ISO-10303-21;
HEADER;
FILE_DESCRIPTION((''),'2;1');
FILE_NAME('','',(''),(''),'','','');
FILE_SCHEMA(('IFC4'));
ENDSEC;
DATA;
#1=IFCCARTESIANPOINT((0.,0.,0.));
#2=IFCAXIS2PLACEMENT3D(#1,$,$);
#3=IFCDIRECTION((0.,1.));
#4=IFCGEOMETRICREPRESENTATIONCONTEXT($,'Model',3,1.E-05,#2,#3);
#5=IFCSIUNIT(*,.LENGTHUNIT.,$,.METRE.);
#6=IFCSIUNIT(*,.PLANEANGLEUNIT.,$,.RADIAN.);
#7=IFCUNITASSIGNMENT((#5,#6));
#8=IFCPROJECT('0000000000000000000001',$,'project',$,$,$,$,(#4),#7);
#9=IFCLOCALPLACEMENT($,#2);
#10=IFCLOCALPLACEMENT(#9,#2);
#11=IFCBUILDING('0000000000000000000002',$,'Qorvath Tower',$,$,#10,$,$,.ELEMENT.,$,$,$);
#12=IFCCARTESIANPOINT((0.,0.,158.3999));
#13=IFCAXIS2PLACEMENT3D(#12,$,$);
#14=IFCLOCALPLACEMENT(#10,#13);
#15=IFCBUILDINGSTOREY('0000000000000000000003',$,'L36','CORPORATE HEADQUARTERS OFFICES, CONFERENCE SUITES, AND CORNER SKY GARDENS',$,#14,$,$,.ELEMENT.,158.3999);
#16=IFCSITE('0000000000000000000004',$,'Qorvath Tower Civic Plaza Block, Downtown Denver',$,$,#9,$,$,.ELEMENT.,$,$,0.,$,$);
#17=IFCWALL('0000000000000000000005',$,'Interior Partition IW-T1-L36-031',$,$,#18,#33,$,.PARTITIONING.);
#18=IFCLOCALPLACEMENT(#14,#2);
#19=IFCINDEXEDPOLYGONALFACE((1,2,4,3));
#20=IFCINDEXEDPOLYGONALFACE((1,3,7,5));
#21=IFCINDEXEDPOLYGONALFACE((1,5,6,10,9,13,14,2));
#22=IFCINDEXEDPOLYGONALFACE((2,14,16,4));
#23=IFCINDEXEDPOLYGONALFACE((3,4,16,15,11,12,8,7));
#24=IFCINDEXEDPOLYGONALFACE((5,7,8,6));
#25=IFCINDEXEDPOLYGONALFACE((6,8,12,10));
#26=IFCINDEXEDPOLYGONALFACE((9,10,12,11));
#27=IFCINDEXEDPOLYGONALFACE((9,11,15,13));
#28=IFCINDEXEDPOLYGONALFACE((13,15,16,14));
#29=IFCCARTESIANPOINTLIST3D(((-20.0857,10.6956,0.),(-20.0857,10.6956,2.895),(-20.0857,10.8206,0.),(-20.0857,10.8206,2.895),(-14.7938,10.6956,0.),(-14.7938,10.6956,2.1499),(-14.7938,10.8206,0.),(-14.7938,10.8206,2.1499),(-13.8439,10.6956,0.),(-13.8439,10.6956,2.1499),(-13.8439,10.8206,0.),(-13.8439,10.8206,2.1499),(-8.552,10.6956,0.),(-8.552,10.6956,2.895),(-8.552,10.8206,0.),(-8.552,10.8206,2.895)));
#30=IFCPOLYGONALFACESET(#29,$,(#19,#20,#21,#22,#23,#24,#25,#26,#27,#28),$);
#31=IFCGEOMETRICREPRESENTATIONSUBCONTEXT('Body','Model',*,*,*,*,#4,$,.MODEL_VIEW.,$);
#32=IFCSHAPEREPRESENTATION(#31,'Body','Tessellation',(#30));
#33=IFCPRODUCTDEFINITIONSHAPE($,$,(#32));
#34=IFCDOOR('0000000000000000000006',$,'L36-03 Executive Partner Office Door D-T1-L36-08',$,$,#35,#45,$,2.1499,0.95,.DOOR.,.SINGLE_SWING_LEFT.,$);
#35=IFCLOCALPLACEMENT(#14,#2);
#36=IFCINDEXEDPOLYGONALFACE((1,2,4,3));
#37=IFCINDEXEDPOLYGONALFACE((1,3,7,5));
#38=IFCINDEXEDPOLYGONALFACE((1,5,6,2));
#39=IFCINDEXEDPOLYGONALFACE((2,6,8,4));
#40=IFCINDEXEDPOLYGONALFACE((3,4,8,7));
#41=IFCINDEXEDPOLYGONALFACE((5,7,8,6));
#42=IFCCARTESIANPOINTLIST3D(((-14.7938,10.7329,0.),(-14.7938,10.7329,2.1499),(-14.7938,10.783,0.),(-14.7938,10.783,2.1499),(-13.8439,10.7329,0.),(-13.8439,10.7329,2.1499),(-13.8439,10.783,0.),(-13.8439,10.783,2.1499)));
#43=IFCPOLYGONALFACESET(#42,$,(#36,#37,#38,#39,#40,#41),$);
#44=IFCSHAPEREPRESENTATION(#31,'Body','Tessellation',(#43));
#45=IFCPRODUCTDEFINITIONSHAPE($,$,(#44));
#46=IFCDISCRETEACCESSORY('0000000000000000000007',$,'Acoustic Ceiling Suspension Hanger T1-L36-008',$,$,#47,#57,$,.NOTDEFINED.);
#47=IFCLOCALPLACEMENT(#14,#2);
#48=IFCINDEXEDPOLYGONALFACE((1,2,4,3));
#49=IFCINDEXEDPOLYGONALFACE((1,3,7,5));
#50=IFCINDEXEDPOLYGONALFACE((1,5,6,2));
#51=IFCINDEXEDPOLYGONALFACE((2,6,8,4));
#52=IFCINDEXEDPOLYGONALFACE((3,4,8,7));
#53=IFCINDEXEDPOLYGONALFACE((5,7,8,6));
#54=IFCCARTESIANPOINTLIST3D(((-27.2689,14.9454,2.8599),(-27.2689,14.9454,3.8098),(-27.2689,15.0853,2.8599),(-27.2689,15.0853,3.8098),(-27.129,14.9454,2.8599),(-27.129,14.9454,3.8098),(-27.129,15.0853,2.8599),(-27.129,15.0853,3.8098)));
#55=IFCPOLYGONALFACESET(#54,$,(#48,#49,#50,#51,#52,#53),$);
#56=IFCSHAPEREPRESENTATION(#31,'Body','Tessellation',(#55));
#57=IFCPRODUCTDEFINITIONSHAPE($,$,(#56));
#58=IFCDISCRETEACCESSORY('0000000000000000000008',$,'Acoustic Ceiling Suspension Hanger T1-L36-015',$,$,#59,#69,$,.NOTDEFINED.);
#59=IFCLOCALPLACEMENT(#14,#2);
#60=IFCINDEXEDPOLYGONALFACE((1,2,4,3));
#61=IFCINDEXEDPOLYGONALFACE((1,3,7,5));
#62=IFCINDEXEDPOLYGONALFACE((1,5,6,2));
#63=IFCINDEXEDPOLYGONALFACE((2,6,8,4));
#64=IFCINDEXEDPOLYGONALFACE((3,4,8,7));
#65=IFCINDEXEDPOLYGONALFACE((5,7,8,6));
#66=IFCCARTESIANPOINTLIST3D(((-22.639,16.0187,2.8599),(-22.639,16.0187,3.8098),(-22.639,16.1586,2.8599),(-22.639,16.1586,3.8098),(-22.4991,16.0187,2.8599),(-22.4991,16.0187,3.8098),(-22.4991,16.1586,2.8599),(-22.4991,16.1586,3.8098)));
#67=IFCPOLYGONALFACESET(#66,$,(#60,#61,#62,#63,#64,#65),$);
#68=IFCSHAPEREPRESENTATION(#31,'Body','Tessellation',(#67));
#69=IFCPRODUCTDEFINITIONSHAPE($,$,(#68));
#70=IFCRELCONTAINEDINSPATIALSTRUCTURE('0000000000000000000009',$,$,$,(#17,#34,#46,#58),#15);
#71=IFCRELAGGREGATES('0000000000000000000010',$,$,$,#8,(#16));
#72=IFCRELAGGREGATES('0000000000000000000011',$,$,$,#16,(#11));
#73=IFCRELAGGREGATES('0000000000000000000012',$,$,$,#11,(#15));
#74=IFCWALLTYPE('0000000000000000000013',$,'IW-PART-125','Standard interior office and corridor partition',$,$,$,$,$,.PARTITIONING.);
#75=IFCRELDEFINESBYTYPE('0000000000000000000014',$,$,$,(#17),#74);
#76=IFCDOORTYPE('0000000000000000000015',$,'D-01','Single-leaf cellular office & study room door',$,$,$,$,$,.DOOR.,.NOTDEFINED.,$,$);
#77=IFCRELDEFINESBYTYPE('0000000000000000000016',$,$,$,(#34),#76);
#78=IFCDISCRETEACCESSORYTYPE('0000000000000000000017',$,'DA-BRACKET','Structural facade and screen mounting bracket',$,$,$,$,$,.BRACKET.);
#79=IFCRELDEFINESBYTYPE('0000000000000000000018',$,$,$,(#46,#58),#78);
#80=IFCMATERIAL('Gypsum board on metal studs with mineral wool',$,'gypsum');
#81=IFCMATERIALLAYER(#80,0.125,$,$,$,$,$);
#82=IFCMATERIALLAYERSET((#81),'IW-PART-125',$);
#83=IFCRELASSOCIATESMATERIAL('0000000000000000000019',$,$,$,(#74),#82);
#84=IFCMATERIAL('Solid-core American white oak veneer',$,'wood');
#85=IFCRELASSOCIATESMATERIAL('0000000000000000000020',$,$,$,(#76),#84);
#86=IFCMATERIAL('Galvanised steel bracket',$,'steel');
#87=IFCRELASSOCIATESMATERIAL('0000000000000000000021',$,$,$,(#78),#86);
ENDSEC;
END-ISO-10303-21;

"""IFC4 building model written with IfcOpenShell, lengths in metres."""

from ifc_helpers import new_model, si_unit, direction, frame, frame_2d, origin, origin_2d, place, context, subcontext, project, spatial, rectangle, extrude, material, layer, layer_set, type_object, element, fill, save


model = new_model("IFC4")

# Units and contexts
model_context = context("Model", 3, precision=1e-05, world=origin(), true_north=direction((0.0, 1.0)))
body_context = subcontext(model_context, "Body", "Model", "MODEL_VIEW")
ifc_project = project(units=[si_unit("LENGTHUNIT", "METRE"), si_unit("PLANEANGLEUNIT", "RADIAN")], contexts=[model_context])

# Site, building, storey
site_placement = place(None, origin())
site = spatial("IfcSite", under=ifc_project, at=site_placement, Name="Qorvath Tower Civic Plaza Block, Downtown Denver", CompositionType="ELEMENT", RefElevation=0.0)
building_placement = place(site_placement, origin())
building = spatial("IfcBuilding", under=site, at=building_placement, Name="Qorvath Tower", CompositionType="ELEMENT")
storey_placement = place(building_placement, frame((0.0, 0.0, 158.3999)))
storey = spatial("IfcBuildingStorey", under=building, at=storey_placement, Name="L36", Description="CORPORATE HEADQUARTERS OFFICES, CONFERENCE SUITES, AND CORNER SKY GARDENS", CompositionType="ELEMENT", Elevation=158.3999)

# Shared definitions
ifc_material_1 = material(Name="Gypsum board on metal studs with mineral wool", Category="gypsum")
ifc_layer_1 = layer(ifc_material_1, 0.125)
ifc_layer_set_1 = layer_set([ifc_layer_1], Name="IW-PART-125")
wall_type = type_object("IfcWallType", Name="IW-PART-125", Description="Standard interior office and corridor partition", PredefinedType="PARTITIONING", material=ifc_layer_set_1)

# Shared definitions
ifc_material_2 = material(Name="Solid-core American white oak veneer", Category="wood")
door_type = type_object("IfcDoorType", Name="D-01", Description="Single-leaf cellular office & study room door", OperationType="NOTDEFINED", PredefinedType="DOOR", material=ifc_material_2)

# Wall, opening, door
wall_1_placement = place(storey_placement, frame((-20.0857, 10.7581, 0.0), z_axis=(0.0, 0.0, 1.0), x_axis=(1.0, 0.0, 0.0)))
wall_1 = element("IfcWall", 1, at=wall_1_placement, inside=storey, type_object=wall_type, Name="Interior Partition IW-T1-L36-031", PredefinedType="PARTITIONING", context=body_context, shape_type="SweptSolid", body=[
    extrude(rectangle(XDim=11.5337, YDim=0.125, at=frame_2d((5.7668, 0.0))), origin(), (0.0, 0.0, 1.0), 2.895),
])
opening_1_placement = place(wall_1_placement, frame((5.2917, 0.0, 0.0)))
opening_1 = element("IfcOpeningElement", 2, at=opening_1_placement, cuts=wall_1, PredefinedType="OPENING", context=body_context, shape_type="SweptSolid", body=[
    extrude(rectangle(XDim=0.95, YDim=2.1499, at=frame_2d((0.4751, 1.075))), frame((0.0, 0.0725, 0.0), z_axis=(0.0, -1.0, 0.0), x_axis=(1.0, 0.0, 0.0)), (0.0, 0.0, 1.0), 0.145),
])
door_1_placement = place(opening_1_placement, origin())
door_1 = element("IfcDoor", 3, at=door_1_placement, inside=storey, type_object=door_type, Name="L36-03 Executive Partner Office Door D-T1-L36-08", OperationType="SINGLE_SWING_LEFT", OverallHeight=2.1499, OverallWidth=0.95, PredefinedType="DOOR", context=body_context, shape_type="SweptSolid", body=[
    extrude(rectangle(XDim=0.95, YDim=2.1499, at=frame_2d((0.4751, 1.075))), frame((0.0, 0.0249, 0.0), z_axis=(0.0, -1.0, 0.0), x_axis=(1.0, 0.0, 0.0)), (0.0, 0.0, 1.0), 0.05),
])
fill(opening_1, door_1)

# Discrete accessories
ifc_material_3 = material(Name="Galvanised steel bracket", Category="steel")
discrete_accessory_type = type_object("IfcDiscreteAccessoryType", Name="DA-BRACKET", Description="Structural facade and screen mounting bracket", PredefinedType="BRACKET", material=ifc_material_3)
for number, where, z_axis, x_axis, name in (
    (4, (-27.199, 15.0154, 2.8599), (0.0, 0.0, 1.0), (1.0, 0.0, 0.0), "Acoustic Ceiling Suspension Hanger T1-L36-008"),
    (5, (-22.5691, 16.0886, 2.8599), (0.0, 0.0, 1.0), (1.0, 0.0, 0.0), "Acoustic Ceiling Suspension Hanger T1-L36-015"),
):
    element("IfcDiscreteAccessory", number, at=place(storey_placement, frame(where, z_axis=z_axis, x_axis=x_axis)), inside=storey, type_object=discrete_accessory_type, Name=name, PredefinedType="NOTDEFINED", context=body_context, shape_type="SweptSolid", body=[
        extrude(rectangle(XDim=0.1399, YDim=0.1399, at=origin_2d()), origin(), (0.0, 0.0, 1.0), 0.95),
    ])

save(model, "model.ifc")
